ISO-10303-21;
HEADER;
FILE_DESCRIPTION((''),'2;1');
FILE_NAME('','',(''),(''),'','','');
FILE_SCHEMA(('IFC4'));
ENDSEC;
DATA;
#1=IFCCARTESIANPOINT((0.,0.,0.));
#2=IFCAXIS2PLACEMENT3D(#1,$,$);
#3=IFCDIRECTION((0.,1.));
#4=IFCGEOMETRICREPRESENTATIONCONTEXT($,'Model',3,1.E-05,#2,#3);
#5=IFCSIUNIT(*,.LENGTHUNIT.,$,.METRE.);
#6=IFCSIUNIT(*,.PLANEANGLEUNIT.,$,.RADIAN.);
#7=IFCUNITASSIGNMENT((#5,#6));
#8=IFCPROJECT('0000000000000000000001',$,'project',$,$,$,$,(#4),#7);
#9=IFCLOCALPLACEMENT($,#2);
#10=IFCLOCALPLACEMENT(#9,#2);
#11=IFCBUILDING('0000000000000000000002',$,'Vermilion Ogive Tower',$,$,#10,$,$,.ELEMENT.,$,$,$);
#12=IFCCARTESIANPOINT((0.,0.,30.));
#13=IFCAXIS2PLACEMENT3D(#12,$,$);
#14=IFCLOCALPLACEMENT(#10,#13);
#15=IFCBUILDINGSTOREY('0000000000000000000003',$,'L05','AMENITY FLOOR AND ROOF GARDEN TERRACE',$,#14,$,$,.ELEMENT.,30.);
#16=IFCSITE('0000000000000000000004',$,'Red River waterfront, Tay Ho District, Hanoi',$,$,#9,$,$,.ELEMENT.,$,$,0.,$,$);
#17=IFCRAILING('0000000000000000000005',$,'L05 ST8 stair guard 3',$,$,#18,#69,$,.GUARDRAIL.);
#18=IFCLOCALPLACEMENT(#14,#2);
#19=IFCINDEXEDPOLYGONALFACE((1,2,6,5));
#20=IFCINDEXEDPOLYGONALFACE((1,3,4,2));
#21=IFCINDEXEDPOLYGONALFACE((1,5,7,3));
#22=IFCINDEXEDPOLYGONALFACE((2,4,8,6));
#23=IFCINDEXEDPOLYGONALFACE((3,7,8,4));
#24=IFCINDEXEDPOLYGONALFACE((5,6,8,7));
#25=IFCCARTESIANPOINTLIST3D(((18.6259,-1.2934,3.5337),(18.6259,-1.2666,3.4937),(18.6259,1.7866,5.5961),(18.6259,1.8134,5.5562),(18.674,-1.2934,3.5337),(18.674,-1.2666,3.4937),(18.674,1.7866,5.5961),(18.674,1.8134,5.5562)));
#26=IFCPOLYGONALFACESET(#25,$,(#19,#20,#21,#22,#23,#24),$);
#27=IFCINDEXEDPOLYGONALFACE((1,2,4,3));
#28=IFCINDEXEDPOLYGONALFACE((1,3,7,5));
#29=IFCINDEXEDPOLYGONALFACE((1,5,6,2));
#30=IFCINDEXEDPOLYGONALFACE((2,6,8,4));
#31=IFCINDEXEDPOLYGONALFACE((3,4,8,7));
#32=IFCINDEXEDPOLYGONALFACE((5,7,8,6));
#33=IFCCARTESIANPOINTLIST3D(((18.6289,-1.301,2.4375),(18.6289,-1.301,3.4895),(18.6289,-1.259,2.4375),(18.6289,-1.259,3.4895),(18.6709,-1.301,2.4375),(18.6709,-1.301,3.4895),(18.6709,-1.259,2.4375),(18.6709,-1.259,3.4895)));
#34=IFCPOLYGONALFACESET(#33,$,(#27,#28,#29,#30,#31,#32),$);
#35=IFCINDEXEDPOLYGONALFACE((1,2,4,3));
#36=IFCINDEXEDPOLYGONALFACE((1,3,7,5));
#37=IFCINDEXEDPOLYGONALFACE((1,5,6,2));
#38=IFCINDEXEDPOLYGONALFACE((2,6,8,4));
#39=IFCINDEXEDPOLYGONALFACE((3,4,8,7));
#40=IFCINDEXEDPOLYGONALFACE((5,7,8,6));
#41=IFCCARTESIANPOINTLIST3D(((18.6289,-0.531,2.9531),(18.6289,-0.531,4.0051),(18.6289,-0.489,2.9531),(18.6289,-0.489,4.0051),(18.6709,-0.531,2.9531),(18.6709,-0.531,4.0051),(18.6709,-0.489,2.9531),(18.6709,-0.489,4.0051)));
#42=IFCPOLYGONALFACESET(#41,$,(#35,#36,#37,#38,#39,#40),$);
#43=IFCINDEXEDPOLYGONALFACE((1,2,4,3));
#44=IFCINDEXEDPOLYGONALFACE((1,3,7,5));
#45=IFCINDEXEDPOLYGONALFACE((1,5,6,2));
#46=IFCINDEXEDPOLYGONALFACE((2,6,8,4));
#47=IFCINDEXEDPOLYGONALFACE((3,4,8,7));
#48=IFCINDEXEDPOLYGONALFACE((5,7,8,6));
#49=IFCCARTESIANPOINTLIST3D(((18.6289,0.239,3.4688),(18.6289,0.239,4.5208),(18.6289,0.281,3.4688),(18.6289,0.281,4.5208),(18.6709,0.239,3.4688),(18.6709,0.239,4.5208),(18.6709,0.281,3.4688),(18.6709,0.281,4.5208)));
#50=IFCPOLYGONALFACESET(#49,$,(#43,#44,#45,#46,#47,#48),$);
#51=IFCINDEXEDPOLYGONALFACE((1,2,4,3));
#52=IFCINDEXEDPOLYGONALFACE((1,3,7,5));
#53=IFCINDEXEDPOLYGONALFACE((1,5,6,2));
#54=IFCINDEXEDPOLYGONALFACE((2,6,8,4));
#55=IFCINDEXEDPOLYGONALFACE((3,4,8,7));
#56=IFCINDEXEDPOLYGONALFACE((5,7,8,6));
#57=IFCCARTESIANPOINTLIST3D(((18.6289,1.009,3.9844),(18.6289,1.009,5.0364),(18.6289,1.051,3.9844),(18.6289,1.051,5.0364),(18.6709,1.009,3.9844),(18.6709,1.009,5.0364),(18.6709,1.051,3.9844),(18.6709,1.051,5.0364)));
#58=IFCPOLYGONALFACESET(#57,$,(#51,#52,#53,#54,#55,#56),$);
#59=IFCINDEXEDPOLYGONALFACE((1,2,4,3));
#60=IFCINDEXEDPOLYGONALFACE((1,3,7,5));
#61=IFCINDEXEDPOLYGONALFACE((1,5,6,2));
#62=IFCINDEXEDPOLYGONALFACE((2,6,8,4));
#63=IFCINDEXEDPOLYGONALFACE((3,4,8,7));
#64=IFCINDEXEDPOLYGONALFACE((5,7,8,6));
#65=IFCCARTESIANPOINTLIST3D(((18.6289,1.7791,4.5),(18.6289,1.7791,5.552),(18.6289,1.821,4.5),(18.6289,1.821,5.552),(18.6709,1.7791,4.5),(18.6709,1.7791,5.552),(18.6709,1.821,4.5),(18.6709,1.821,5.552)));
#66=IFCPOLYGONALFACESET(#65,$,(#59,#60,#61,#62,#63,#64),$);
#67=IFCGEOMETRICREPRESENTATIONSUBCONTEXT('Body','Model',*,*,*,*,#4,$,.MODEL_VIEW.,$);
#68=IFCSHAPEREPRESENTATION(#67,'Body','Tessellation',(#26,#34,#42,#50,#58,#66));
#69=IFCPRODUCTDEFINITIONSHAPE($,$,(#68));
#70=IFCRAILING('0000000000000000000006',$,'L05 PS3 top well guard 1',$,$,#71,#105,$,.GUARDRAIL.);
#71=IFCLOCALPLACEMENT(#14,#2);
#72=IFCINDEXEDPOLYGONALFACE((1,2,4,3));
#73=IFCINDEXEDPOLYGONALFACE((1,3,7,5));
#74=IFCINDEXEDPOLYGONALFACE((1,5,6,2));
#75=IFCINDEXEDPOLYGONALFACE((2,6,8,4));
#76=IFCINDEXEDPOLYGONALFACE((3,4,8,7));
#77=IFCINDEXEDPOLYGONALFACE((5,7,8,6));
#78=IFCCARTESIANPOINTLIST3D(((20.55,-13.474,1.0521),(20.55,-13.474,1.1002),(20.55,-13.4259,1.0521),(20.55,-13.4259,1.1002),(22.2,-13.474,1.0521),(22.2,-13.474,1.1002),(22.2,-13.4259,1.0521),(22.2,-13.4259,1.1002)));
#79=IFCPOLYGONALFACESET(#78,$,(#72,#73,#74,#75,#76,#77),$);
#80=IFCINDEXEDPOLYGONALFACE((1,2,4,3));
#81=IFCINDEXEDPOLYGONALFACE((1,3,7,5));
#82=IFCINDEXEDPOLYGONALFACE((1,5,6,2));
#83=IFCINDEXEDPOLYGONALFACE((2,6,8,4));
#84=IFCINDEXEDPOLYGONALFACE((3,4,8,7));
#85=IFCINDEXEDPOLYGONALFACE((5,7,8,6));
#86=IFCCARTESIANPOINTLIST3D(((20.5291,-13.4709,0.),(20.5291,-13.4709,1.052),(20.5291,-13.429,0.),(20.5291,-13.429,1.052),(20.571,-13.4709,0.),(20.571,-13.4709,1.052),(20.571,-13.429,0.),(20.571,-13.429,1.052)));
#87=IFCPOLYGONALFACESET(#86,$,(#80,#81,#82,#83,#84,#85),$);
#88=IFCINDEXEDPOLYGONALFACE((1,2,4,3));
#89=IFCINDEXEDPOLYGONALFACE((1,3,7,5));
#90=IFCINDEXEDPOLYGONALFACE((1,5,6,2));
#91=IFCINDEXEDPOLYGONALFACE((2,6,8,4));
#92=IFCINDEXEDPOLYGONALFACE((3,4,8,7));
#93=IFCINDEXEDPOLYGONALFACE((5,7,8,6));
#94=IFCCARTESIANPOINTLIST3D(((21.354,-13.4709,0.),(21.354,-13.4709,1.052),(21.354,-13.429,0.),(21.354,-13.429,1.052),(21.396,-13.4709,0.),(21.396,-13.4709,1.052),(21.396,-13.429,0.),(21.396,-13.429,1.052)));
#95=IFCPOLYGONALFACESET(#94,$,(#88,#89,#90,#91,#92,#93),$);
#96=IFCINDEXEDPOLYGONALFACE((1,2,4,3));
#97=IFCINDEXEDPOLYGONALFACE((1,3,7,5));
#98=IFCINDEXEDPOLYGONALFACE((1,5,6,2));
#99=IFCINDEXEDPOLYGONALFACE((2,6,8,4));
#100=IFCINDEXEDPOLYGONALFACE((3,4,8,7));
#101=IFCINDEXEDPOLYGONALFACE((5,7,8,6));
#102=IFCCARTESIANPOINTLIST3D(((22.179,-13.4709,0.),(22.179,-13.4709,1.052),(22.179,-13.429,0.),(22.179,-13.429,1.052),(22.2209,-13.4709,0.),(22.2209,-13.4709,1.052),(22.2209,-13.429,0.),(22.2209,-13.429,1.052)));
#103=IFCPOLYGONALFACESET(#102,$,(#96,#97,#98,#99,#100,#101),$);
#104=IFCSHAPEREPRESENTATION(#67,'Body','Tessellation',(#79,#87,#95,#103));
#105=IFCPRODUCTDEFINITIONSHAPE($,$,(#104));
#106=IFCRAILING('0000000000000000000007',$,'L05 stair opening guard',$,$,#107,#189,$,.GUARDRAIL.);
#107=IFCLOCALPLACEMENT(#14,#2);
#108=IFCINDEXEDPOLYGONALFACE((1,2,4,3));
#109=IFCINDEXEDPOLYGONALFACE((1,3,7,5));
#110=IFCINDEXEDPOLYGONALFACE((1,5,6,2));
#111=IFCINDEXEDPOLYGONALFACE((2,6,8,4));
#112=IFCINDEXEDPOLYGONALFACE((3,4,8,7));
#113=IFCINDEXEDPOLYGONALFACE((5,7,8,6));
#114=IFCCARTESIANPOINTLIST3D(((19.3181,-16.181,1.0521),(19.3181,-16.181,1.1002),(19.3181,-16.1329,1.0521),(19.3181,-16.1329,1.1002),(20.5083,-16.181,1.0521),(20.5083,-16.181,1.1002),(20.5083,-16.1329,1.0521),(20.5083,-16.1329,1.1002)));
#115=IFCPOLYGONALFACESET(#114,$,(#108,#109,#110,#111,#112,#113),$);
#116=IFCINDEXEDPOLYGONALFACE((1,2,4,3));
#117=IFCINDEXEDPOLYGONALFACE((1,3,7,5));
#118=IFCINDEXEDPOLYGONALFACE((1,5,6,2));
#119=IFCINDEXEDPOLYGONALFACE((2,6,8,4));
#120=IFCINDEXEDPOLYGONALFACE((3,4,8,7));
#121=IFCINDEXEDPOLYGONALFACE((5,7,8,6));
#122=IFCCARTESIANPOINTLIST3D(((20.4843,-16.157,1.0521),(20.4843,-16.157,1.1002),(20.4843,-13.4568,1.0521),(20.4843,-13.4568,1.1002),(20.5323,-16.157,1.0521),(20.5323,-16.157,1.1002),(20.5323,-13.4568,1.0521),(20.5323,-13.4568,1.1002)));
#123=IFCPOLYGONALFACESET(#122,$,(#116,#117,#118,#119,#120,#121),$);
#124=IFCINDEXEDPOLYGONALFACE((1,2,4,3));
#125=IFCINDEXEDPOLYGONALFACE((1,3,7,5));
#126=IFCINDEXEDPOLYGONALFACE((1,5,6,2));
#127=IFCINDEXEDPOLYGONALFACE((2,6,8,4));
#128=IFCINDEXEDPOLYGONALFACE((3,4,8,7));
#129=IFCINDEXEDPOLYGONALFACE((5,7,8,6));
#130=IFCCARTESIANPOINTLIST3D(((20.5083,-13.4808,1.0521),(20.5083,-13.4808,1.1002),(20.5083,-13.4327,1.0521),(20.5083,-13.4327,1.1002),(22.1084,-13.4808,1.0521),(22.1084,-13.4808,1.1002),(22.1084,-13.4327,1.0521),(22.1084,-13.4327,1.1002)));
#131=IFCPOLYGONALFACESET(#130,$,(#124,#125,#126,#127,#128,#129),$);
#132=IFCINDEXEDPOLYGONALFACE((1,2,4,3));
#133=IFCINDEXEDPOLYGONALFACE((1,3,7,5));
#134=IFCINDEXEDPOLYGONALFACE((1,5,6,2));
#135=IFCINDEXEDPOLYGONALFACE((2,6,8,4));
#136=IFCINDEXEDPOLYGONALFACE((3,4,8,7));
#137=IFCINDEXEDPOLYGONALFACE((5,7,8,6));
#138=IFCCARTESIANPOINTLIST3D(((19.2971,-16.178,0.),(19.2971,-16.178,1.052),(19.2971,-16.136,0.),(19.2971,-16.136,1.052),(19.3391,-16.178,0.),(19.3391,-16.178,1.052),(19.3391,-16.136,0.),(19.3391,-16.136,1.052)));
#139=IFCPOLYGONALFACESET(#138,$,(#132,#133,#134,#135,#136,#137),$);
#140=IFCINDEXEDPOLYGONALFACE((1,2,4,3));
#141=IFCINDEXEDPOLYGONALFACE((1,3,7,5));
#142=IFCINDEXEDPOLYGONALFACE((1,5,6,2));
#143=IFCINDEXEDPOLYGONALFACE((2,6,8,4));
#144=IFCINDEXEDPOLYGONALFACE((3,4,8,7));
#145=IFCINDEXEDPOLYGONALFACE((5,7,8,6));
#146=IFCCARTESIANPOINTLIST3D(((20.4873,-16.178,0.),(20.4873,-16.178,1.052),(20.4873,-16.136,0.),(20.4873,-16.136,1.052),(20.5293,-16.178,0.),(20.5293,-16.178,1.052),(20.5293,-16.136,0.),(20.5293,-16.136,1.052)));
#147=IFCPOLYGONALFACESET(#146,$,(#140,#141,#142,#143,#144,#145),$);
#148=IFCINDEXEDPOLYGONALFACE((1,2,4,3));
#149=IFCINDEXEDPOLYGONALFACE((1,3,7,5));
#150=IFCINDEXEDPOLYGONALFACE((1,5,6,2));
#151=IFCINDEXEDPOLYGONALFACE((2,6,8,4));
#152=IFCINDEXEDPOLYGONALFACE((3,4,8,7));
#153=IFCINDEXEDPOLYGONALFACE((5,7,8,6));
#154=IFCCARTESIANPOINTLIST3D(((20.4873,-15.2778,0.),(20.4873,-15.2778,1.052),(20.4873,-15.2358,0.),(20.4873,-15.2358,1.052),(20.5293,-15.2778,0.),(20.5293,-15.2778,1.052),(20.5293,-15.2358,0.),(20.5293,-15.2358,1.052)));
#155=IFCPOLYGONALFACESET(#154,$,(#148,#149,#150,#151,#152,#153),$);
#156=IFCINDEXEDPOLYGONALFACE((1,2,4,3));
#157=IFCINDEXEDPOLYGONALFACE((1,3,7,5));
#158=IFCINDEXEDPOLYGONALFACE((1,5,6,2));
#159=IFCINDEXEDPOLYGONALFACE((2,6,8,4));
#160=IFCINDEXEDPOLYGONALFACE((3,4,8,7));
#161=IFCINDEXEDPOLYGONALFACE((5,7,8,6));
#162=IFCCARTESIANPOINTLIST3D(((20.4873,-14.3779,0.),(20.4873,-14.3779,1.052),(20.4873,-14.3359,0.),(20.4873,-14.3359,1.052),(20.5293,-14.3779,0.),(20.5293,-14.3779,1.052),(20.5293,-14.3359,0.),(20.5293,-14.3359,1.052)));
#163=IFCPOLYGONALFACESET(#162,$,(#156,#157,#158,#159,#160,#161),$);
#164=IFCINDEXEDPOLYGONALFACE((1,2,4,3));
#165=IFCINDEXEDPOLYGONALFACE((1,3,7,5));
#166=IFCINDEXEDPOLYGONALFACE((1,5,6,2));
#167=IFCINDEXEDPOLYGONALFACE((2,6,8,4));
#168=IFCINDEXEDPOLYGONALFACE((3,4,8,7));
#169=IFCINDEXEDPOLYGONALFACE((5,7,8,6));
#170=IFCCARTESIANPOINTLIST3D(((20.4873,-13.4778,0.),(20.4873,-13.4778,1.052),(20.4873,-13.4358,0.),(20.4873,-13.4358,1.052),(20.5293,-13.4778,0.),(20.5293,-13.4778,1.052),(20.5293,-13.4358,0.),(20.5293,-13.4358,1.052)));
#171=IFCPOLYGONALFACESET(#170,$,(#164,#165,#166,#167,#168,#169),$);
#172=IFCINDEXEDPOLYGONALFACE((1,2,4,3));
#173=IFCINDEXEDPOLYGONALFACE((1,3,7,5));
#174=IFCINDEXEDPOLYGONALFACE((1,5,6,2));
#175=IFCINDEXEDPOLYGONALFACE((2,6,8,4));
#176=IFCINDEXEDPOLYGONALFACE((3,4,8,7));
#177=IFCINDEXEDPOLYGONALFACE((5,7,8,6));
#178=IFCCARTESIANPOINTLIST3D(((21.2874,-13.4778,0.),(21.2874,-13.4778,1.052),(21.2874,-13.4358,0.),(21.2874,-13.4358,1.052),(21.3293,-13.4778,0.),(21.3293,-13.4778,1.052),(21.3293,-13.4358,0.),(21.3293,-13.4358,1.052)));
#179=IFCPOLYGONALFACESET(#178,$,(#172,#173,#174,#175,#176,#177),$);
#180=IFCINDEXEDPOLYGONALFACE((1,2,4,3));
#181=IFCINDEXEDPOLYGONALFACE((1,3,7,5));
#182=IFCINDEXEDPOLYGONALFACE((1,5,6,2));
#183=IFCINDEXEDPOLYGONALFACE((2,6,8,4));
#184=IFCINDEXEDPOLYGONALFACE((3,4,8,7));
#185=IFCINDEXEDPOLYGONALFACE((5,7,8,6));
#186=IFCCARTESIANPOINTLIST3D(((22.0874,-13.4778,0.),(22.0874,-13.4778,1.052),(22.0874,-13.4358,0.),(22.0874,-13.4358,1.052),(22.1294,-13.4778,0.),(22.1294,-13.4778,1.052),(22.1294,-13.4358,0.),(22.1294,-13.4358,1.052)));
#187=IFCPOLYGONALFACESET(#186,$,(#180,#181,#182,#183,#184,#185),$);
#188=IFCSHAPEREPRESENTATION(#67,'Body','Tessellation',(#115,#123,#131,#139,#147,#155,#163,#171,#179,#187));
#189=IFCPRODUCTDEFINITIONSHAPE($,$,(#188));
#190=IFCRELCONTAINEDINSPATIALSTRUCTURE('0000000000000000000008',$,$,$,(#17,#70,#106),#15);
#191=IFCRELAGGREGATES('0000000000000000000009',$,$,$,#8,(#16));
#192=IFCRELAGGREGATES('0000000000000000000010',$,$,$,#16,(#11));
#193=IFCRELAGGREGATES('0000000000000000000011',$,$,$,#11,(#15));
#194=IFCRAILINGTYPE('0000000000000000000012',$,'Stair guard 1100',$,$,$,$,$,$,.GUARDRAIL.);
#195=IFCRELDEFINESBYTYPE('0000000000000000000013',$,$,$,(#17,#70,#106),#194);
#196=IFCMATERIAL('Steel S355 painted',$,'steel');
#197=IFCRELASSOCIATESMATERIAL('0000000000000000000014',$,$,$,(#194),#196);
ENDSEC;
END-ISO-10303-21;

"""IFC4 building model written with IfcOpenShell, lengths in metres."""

from ifc_helpers import new_model, si_unit, direction, frame, origin, origin_2d, place, context, subcontext, project, spatial, rectangle, extrude, material, type_object, element, save


model = new_model("IFC4")

# Units and contexts
model_context = context("Model", 3, precision=1e-05, world=origin(), true_north=direction((0.0, 1.0)))
body_context = subcontext(model_context, "Body", "Model", "MODEL_VIEW")
ifc_project = project(units=[si_unit("LENGTHUNIT", "METRE"), si_unit("PLANEANGLEUNIT", "RADIAN")], contexts=[model_context])

# Site, building, storey
site_placement = place(None, origin())
site = spatial("IfcSite", under=ifc_project, at=site_placement, Name="Red River waterfront, Tay Ho District, Hanoi", CompositionType="ELEMENT", RefElevation=0.0)
building_placement = place(site_placement, origin())
building = spatial("IfcBuilding", under=site, at=building_placement, Name="Vermilion Ogive Tower", CompositionType="ELEMENT")
storey_placement = place(building_placement, frame((0.0, 0.0, 30.0)))
storey = spatial("IfcBuildingStorey", under=building, at=storey_placement, Name="L05", Description="AMENITY FLOOR AND ROOF GARDEN TERRACE", CompositionType="ELEMENT", Elevation=30.0)

# Railings
ifc_material_1 = material(Name="Steel S355 painted", Category="steel")
railing_type_1 = type_object("IfcRailingType", Name="Stair guard 1100", PredefinedType="GUARDRAIL", material=ifc_material_1)
railing_1_placement = place(storey_placement, frame((18.6499, -1.28, 2.4375)))
element("IfcRailing", 1, at=railing_1_placement, inside=storey, type_object=railing_type_1, Name="L05 ST8 stair guard 3", PredefinedType="GUARDRAIL", context=body_context, shape_type="SweptSolid", body=[
    extrude(rectangle(XDim=0.0481, YDim=0.0481, at=origin_2d()), frame((0.0, 0.0, 1.0762), z_axis=(0.0, 0.830914, 0.556401), x_axis=(-1.0, 0.0, 0.0)), (0.0, 0.0, 1.0), 3.7068),
    extrude(rectangle(XDim=0.042, YDim=0.042, at=origin_2d()), origin(), (0.0, 0.0, 1.0), 1.052),
    extrude(rectangle(XDim=0.042, YDim=0.042, at=origin_2d()), frame((0.0, 0.77, 0.5156)), (0.0, 0.0, 1.0), 1.052),
    extrude(rectangle(XDim=0.042, YDim=0.042, at=origin_2d()), frame((0.0, 1.54, 1.0312)), (0.0, 0.0, 1.0), 1.052),
    extrude(rectangle(XDim=0.042, YDim=0.042, at=origin_2d()), frame((0.0, 2.3101, 1.5469)), (0.0, 0.0, 1.0), 1.052),
    extrude(rectangle(XDim=0.042, YDim=0.042, at=origin_2d()), frame((0.0, 3.0801, 2.0625)), (0.0, 0.0, 1.0), 1.052),
])
railing_2_placement = place(storey_placement, frame((20.55, -13.45, 0.0)))
element("IfcRailing", 2, at=railing_2_placement, inside=storey, type_object=railing_type_1, Name="L05 PS3 top well guard 1", PredefinedType="GUARDRAIL", context=body_context, shape_type="SweptSolid", body=[
    extrude(rectangle(XDim=0.0481, YDim=0.0481, at=origin_2d()), frame((0.0, 0.0, 1.0762), z_axis=(1.0, 0.0, 0.0), x_axis=(0.0, 1.0, 0.0)), (0.0, 0.0, 1.0), 1.6499),
    extrude(rectangle(XDim=0.042, YDim=0.042, at=origin_2d()), origin(), (0.0, 0.0, 1.0), 1.052),
    extrude(rectangle(XDim=0.042, YDim=0.042, at=origin_2d()), frame((0.825, 0.0, 0.0)), (0.0, 0.0, 1.0), 1.052),
    extrude(rectangle(XDim=0.042, YDim=0.042, at=origin_2d()), frame((1.6499, 0.0, 0.0)), (0.0, 0.0, 1.0), 1.052),
])
railing_3_placement = place(storey_placement, frame((19.3181, -16.157, 0.0)))
element("IfcRailing", 3, at=railing_3_placement, inside=storey, type_object=railing_type_1, Name="L05 stair opening guard", PredefinedType="GUARDRAIL", context=body_context, shape_type="SweptSolid", body=[
    extrude(rectangle(XDim=0.0481, YDim=0.0481, at=origin_2d()), frame((0.0, 0.0, 1.0762), z_axis=(1.0, 0.0, 0.0), x_axis=(0.0, 1.0, 0.0)), (0.0, 0.0, 1.0), 1.1902),
    extrude(rectangle(XDim=0.0481, YDim=0.0481, at=origin_2d()), frame((1.1902, 0.0, 1.0762), z_axis=(0.0, 1.0, 0.0), x_axis=(-1.0, 0.0, 0.0)), (0.0, 0.0, 1.0), 2.7002),
    extrude(rectangle(XDim=0.0481, YDim=0.0481, at=origin_2d()), frame((1.1902, 2.7002, 1.0762), z_axis=(1.0, 0.0, 0.0), x_axis=(0.0, 1.0, 0.0)), (0.0, 0.0, 1.0), 1.6001),
    extrude(rectangle(XDim=0.042, YDim=0.042, at=origin_2d()), origin(), (0.0, 0.0, 1.0), 1.052),
    extrude(rectangle(XDim=0.042, YDim=0.042, at=origin_2d()), frame((1.1902, 0.0, 0.0)), (0.0, 0.0, 1.0), 1.052),
    extrude(rectangle(XDim=0.042, YDim=0.042, at=origin_2d()), frame((1.1902, 0.9001, 0.0)), (0.0, 0.0, 1.0), 1.052),
    extrude(rectangle(XDim=0.042, YDim=0.042, at=origin_2d()), frame((1.1902, 1.8, 0.0)), (0.0, 0.0, 1.0), 1.052),
    extrude(rectangle(XDim=0.042, YDim=0.042, at=origin_2d()), frame((1.1902, 2.7002, 0.0)), (0.0, 0.0, 1.0), 1.052),
    extrude(rectangle(XDim=0.042, YDim=0.042, at=origin_2d()), frame((1.9902, 2.7002, 0.0)), (0.0, 0.0, 1.0), 1.052),
    extrude(rectangle(XDim=0.042, YDim=0.042, at=origin_2d()), frame((2.7903, 2.7002, 0.0)), (0.0, 0.0, 1.0), 1.052),
])

save(model, "model.ifc")
